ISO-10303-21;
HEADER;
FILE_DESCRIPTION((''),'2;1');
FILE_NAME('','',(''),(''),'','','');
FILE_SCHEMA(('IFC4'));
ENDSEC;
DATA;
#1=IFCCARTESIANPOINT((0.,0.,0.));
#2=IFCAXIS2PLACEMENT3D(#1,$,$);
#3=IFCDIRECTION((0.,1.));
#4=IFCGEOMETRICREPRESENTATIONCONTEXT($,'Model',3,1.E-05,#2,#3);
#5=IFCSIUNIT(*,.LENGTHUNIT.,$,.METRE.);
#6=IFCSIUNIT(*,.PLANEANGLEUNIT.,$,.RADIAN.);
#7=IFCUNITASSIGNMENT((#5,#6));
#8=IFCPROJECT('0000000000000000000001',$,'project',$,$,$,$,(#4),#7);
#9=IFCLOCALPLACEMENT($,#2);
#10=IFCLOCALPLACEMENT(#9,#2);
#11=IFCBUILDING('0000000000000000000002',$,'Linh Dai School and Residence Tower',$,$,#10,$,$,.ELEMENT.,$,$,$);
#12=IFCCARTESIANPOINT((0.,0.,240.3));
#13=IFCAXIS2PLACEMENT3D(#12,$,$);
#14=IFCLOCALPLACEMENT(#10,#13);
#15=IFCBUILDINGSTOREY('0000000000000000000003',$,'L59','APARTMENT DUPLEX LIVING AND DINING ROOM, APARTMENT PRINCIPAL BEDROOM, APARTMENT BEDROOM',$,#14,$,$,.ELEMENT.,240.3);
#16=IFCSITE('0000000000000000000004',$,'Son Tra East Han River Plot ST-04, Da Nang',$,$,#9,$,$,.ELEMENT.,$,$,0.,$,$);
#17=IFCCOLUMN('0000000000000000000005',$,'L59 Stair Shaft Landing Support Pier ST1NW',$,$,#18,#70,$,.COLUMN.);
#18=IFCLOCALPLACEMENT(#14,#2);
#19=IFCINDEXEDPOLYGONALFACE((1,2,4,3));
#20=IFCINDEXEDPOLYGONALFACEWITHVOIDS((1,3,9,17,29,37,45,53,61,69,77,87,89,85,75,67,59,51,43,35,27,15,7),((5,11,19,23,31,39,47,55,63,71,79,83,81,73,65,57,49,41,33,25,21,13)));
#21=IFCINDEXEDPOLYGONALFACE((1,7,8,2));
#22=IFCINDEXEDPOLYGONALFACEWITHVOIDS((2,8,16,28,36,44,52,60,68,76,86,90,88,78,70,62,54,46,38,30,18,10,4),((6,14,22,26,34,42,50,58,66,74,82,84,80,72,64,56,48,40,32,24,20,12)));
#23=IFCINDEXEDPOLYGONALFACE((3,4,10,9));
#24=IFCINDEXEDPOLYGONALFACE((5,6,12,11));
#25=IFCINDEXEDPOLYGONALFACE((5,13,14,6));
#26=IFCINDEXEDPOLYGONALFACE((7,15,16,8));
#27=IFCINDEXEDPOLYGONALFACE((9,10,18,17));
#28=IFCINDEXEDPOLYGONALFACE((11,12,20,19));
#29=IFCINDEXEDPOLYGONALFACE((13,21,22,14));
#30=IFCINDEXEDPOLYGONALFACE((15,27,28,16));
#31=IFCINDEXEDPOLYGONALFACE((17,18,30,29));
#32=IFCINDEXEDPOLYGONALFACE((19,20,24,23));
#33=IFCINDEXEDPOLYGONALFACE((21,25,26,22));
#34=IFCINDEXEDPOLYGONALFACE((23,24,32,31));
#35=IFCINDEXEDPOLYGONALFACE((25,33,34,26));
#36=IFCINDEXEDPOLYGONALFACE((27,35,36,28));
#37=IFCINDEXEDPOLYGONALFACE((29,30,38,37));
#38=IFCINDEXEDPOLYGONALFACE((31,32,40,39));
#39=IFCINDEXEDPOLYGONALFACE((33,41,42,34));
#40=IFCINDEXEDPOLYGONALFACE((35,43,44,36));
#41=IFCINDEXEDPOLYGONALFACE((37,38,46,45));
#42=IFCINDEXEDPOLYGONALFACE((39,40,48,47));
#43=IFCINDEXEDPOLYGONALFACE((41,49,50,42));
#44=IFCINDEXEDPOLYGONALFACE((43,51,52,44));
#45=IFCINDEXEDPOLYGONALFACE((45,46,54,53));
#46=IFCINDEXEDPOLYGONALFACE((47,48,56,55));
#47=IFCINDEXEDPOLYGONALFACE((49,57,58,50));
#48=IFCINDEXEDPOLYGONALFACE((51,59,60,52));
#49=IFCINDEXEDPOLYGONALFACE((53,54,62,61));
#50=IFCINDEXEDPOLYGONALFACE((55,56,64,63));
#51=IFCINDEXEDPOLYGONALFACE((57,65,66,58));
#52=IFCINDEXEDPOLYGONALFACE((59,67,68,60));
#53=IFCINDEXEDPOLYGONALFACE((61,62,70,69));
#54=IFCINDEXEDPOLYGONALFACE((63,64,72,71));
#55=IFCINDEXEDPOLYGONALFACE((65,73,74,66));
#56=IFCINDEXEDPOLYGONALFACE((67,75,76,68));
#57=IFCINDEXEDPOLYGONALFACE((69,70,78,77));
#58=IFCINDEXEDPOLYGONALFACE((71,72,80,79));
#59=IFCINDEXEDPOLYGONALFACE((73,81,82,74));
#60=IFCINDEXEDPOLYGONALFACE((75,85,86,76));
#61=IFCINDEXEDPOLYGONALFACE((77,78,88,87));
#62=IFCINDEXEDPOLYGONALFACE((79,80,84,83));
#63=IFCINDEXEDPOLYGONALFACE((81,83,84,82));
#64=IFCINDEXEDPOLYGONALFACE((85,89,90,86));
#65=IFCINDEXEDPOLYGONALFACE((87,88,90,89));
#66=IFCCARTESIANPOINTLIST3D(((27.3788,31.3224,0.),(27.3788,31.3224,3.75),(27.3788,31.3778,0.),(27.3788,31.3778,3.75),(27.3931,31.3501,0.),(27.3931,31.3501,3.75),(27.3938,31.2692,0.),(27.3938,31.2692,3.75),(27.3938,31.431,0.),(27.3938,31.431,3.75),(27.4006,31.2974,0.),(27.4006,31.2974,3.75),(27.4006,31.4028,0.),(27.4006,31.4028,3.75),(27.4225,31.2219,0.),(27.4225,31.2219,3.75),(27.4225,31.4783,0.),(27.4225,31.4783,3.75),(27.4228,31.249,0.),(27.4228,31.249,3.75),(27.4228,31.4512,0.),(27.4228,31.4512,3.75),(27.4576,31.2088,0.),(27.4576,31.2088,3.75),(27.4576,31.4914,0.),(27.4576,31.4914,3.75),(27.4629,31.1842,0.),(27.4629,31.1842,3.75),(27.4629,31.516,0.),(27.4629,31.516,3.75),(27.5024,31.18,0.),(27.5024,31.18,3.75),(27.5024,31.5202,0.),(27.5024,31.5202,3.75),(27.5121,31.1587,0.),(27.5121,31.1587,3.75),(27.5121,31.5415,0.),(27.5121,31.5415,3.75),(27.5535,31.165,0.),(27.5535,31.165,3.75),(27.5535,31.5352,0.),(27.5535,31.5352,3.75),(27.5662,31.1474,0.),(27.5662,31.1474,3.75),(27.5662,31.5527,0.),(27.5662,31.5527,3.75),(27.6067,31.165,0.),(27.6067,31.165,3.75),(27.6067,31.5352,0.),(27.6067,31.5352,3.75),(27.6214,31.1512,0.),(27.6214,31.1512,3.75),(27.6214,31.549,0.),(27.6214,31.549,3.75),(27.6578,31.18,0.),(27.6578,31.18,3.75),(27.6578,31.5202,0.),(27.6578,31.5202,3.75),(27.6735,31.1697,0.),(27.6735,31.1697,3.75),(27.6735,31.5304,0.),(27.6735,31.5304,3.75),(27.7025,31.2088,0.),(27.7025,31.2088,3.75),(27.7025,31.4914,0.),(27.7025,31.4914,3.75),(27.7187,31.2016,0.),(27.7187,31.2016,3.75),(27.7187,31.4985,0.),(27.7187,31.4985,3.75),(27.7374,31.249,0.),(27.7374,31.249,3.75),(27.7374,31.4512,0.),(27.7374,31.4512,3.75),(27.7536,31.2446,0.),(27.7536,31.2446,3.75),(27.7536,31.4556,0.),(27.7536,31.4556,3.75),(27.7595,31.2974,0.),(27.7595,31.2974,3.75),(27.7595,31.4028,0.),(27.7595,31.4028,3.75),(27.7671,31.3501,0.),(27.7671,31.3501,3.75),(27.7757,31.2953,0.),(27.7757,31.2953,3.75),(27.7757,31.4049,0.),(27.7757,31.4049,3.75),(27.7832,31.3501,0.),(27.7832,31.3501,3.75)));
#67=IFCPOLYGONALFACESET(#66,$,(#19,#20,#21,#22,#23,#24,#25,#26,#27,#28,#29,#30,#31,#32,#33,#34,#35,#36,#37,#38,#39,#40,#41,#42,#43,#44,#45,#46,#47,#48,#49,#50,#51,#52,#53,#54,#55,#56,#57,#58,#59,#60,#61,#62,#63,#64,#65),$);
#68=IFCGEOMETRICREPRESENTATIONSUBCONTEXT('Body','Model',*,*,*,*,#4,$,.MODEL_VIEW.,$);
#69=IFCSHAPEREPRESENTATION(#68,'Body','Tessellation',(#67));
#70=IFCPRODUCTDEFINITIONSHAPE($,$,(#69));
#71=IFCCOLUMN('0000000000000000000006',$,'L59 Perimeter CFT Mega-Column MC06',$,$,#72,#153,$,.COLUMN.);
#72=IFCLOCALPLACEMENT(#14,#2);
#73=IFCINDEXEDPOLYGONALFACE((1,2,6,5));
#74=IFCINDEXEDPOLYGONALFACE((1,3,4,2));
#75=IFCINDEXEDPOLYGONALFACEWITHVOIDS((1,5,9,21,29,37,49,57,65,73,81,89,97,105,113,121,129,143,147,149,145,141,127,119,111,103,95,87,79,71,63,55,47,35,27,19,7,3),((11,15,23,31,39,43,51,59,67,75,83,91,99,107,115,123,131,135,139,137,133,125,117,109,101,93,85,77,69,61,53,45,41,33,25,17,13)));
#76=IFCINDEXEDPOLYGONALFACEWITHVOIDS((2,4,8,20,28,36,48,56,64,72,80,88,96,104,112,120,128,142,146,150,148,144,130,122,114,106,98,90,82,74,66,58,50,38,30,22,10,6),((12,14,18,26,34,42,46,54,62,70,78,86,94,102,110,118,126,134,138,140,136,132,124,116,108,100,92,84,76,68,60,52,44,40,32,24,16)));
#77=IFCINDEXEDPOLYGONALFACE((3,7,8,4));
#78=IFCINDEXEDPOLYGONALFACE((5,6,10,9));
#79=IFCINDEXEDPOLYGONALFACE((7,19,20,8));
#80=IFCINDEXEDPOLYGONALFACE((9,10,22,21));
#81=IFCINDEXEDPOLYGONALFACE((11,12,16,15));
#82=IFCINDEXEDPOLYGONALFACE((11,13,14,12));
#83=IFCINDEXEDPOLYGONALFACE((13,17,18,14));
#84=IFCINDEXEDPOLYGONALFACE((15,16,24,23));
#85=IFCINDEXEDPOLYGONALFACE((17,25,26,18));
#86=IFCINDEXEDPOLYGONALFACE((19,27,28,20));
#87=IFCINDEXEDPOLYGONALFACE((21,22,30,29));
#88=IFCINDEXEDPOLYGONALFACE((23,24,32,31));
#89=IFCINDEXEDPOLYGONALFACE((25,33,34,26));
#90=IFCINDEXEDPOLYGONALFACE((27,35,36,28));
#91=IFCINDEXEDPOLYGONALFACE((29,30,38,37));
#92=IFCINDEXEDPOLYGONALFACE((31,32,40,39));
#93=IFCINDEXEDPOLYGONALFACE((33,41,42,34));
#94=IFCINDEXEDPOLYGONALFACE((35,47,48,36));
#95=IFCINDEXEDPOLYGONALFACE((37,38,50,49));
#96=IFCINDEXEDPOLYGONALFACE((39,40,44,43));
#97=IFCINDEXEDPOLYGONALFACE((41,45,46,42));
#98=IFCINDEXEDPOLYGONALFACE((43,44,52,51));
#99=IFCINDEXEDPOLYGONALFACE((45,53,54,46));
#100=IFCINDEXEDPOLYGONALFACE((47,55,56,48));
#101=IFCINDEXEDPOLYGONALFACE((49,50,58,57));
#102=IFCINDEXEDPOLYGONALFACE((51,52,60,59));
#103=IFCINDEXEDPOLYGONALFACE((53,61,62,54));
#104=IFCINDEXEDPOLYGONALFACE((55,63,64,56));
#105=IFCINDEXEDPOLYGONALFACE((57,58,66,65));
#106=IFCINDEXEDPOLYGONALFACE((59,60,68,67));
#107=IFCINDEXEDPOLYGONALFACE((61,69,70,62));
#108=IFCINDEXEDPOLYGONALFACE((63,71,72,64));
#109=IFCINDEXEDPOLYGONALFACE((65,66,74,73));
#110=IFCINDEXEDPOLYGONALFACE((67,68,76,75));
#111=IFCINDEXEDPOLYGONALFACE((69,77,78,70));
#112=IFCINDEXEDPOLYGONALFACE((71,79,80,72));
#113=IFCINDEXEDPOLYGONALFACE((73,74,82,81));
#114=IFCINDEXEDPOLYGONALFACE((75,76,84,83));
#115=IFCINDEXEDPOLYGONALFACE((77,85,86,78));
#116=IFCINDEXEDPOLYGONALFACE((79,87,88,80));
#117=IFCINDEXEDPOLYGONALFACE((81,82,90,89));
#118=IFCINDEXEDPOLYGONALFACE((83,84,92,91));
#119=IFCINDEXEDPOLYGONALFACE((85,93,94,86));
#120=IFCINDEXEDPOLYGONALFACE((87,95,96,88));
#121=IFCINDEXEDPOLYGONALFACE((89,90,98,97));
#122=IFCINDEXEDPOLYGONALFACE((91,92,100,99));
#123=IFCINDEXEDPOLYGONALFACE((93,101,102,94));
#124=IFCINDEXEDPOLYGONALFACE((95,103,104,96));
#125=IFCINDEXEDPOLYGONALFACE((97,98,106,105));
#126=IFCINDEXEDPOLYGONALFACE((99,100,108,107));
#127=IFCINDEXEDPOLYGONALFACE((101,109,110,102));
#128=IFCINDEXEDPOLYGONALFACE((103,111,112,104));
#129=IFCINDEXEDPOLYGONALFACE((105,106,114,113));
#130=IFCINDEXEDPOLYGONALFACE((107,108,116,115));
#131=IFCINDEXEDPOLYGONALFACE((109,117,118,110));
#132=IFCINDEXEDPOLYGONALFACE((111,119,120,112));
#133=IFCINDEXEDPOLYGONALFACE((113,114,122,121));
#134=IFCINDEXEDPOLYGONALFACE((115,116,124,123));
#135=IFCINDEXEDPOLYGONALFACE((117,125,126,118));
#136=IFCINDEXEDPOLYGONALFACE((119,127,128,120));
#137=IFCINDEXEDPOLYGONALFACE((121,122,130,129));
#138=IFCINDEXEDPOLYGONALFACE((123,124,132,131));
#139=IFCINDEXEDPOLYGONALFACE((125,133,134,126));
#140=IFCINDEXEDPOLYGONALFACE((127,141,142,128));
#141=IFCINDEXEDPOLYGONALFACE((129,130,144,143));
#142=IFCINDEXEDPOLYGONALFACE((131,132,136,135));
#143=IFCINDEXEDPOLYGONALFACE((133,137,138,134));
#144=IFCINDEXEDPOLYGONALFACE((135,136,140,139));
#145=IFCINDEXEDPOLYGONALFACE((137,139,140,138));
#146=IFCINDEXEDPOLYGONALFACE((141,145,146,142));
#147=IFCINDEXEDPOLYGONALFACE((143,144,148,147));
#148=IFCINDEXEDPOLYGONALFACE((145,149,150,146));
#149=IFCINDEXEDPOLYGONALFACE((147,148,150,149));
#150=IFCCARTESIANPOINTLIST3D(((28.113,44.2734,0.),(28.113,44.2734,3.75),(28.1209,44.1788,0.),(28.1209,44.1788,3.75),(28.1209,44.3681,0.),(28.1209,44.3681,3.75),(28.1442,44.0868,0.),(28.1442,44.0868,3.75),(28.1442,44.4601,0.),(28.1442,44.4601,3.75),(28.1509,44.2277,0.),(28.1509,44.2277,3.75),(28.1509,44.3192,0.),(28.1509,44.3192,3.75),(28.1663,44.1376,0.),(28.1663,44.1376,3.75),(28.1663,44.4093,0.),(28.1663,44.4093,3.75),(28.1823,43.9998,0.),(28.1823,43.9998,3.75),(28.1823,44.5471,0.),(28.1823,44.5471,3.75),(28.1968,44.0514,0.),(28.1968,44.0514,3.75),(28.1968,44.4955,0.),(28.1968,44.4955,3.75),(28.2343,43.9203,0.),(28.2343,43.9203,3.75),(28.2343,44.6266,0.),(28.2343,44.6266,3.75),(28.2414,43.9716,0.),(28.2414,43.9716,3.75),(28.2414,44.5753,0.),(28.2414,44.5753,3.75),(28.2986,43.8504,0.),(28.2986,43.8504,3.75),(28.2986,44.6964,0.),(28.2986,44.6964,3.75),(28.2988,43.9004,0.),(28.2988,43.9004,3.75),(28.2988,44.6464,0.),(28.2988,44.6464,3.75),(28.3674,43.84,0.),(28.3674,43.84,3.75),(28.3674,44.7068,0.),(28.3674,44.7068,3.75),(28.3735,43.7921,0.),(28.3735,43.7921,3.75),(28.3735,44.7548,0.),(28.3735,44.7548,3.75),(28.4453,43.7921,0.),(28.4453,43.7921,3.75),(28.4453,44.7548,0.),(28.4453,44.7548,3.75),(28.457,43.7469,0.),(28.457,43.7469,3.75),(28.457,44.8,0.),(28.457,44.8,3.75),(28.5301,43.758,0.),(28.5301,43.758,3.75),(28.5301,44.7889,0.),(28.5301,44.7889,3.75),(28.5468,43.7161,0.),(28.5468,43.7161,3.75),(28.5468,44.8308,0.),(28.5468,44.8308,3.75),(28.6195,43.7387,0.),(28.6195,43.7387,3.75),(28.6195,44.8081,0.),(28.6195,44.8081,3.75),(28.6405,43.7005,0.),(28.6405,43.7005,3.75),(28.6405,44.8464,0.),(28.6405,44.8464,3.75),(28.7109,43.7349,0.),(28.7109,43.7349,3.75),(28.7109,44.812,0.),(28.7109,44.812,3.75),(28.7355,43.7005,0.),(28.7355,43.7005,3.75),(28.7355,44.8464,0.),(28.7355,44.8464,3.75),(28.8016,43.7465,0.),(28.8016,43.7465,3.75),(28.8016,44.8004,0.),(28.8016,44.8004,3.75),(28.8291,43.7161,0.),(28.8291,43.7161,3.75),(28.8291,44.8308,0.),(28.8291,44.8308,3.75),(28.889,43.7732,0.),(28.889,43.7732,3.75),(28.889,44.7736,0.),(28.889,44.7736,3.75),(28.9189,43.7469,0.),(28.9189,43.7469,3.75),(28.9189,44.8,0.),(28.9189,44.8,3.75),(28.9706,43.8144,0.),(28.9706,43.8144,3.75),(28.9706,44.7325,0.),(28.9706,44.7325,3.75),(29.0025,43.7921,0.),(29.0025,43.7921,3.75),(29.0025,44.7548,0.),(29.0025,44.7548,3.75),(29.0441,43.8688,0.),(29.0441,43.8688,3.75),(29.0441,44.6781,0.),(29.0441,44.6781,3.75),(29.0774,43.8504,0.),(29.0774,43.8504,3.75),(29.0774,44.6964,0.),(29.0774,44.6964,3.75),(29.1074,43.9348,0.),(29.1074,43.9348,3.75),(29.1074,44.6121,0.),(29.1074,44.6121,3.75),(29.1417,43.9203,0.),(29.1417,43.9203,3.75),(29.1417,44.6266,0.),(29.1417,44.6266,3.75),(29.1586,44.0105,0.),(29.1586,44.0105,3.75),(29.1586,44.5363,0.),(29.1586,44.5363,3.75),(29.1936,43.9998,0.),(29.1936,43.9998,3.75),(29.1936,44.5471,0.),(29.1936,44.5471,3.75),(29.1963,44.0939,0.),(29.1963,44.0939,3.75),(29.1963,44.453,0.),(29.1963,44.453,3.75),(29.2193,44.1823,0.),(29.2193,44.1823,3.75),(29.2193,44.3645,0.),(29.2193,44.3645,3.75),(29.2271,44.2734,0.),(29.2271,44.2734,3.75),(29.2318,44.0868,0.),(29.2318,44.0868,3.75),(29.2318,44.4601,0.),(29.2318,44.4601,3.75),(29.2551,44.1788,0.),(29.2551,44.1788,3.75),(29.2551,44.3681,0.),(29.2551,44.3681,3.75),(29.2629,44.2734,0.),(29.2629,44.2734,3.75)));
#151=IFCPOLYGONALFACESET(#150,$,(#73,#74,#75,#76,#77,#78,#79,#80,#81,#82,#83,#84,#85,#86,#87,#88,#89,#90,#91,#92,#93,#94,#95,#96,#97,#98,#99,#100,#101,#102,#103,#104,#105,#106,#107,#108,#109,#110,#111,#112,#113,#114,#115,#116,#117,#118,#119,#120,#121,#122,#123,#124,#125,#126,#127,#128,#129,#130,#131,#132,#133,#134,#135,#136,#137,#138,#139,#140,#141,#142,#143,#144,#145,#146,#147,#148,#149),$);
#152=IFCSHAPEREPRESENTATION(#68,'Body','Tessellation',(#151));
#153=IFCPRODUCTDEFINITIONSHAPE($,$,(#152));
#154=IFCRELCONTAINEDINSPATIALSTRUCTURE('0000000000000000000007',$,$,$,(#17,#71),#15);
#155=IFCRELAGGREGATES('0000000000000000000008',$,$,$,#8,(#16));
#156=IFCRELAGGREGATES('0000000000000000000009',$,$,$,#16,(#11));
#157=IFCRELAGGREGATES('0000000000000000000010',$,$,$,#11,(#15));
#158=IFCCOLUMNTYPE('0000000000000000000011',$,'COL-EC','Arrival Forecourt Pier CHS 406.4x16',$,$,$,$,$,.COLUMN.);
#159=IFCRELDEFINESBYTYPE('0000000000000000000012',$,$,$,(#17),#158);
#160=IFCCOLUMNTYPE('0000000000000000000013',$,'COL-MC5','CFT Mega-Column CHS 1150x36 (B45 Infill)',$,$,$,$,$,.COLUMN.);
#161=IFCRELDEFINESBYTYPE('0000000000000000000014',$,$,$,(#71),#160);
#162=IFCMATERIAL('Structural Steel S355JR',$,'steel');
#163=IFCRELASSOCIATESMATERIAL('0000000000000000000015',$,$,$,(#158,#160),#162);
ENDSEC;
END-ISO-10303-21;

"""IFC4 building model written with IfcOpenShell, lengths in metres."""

from ifc_helpers import new_model, si_unit, direction, frame, origin, origin_2d, place, context, subcontext, project, spatial, hollow_circle, extrude, material, material_profile, profile_set, type_object, element, save


model = new_model("IFC4")

# Units and contexts
model_context = context("Model", 3, precision=1e-05, world=origin(), true_north=direction((0.0, 1.0)))
body_context = subcontext(model_context, "Body", "Model", "MODEL_VIEW")
ifc_project = project(units=[si_unit("LENGTHUNIT", "METRE"), si_unit("PLANEANGLEUNIT", "RADIAN")], contexts=[model_context])

# Site, building, storey
site_placement = place(None, origin())
site = spatial("IfcSite", under=ifc_project, at=site_placement, Name="Son Tra East Han River Plot ST-04, Da Nang", CompositionType="ELEMENT", RefElevation=0.0)
building_placement = place(site_placement, origin())
building = spatial("IfcBuilding", under=site, at=building_placement, Name="Linh Dai School and Residence Tower", CompositionType="ELEMENT")
storey_placement = place(building_placement, frame((0.0, 0.0, 240.3)))
storey = spatial("IfcBuildingStorey", under=building, at=storey_placement, Name="L59", Description="APARTMENT DUPLEX LIVING AND DINING ROOM, APARTMENT PRINCIPAL BEDROOM, APARTMENT BEDROOM", CompositionType="ELEMENT", Elevation=240.3)

# Columns
ifc_material_1 = material(Name="Structural Steel S355JR", Category="steel")
ifc_material_profile_1 = material_profile(ifc_material_1, hollow_circle(Radius=0.2031, WallThickness=0.0161, at=origin_2d()), Name="CHS 406.4x16")
ifc_profile_set_1 = profile_set([ifc_material_profile_1], Name="Structural Steel S355JR")
column_type_1 = type_object("IfcColumnType", Name="COL-EC", Description="Arrival Forecourt Pier CHS 406.4x16", PredefinedType="COLUMN", material=ifc_profile_set_1)
column_1_placement = place(storey_placement, frame((27.5801, 31.3501, 0.0), z_axis=(0.0, 0.0, 1.0), x_axis=(1.0, 0.0, 0.0)))
element("IfcColumn", 1, at=column_1_placement, inside=storey, type_object=column_type_1, Name="L59 Stair Shaft Landing Support Pier ST1NW", PredefinedType="COLUMN", context=body_context, shape_type="SweptSolid", body=[
    extrude(hollow_circle(Radius=0.2031, WallThickness=0.0161, at=origin_2d()), origin(), (0.0, 0.0, 1.0), 3.75),
])
ifc_material_profile_2 = material_profile(ifc_material_1, hollow_circle(Radius=0.575, WallThickness=0.0359, at=origin_2d()), Name="CHS 1150x36")
ifc_profile_set_2 = profile_set([ifc_material_profile_2], Name="Structural Steel S355JR")
column_type_2 = type_object("IfcColumnType", Name="COL-MC5", Description="CFT Mega-Column CHS 1150x36 (B45 Infill)", PredefinedType="COLUMN", material=ifc_profile_set_2)
column_2_placement = place(storey_placement, frame((28.688, 44.2734, 0.0), z_axis=(0.0, 0.0, 1.0), x_axis=(1.0, 0.0, 0.0)))
element("IfcColumn", 2, at=column_2_placement, inside=storey, type_object=column_type_2, Name="L59 Perimeter CFT Mega-Column MC06", PredefinedType="COLUMN", context=body_context, shape_type="SweptSolid", body=[
    extrude(hollow_circle(Radius=0.575, WallThickness=0.0359, at=origin_2d()), origin(), (0.0, 0.0, 1.0), 3.75),
])

save(model, "model.ifc")
